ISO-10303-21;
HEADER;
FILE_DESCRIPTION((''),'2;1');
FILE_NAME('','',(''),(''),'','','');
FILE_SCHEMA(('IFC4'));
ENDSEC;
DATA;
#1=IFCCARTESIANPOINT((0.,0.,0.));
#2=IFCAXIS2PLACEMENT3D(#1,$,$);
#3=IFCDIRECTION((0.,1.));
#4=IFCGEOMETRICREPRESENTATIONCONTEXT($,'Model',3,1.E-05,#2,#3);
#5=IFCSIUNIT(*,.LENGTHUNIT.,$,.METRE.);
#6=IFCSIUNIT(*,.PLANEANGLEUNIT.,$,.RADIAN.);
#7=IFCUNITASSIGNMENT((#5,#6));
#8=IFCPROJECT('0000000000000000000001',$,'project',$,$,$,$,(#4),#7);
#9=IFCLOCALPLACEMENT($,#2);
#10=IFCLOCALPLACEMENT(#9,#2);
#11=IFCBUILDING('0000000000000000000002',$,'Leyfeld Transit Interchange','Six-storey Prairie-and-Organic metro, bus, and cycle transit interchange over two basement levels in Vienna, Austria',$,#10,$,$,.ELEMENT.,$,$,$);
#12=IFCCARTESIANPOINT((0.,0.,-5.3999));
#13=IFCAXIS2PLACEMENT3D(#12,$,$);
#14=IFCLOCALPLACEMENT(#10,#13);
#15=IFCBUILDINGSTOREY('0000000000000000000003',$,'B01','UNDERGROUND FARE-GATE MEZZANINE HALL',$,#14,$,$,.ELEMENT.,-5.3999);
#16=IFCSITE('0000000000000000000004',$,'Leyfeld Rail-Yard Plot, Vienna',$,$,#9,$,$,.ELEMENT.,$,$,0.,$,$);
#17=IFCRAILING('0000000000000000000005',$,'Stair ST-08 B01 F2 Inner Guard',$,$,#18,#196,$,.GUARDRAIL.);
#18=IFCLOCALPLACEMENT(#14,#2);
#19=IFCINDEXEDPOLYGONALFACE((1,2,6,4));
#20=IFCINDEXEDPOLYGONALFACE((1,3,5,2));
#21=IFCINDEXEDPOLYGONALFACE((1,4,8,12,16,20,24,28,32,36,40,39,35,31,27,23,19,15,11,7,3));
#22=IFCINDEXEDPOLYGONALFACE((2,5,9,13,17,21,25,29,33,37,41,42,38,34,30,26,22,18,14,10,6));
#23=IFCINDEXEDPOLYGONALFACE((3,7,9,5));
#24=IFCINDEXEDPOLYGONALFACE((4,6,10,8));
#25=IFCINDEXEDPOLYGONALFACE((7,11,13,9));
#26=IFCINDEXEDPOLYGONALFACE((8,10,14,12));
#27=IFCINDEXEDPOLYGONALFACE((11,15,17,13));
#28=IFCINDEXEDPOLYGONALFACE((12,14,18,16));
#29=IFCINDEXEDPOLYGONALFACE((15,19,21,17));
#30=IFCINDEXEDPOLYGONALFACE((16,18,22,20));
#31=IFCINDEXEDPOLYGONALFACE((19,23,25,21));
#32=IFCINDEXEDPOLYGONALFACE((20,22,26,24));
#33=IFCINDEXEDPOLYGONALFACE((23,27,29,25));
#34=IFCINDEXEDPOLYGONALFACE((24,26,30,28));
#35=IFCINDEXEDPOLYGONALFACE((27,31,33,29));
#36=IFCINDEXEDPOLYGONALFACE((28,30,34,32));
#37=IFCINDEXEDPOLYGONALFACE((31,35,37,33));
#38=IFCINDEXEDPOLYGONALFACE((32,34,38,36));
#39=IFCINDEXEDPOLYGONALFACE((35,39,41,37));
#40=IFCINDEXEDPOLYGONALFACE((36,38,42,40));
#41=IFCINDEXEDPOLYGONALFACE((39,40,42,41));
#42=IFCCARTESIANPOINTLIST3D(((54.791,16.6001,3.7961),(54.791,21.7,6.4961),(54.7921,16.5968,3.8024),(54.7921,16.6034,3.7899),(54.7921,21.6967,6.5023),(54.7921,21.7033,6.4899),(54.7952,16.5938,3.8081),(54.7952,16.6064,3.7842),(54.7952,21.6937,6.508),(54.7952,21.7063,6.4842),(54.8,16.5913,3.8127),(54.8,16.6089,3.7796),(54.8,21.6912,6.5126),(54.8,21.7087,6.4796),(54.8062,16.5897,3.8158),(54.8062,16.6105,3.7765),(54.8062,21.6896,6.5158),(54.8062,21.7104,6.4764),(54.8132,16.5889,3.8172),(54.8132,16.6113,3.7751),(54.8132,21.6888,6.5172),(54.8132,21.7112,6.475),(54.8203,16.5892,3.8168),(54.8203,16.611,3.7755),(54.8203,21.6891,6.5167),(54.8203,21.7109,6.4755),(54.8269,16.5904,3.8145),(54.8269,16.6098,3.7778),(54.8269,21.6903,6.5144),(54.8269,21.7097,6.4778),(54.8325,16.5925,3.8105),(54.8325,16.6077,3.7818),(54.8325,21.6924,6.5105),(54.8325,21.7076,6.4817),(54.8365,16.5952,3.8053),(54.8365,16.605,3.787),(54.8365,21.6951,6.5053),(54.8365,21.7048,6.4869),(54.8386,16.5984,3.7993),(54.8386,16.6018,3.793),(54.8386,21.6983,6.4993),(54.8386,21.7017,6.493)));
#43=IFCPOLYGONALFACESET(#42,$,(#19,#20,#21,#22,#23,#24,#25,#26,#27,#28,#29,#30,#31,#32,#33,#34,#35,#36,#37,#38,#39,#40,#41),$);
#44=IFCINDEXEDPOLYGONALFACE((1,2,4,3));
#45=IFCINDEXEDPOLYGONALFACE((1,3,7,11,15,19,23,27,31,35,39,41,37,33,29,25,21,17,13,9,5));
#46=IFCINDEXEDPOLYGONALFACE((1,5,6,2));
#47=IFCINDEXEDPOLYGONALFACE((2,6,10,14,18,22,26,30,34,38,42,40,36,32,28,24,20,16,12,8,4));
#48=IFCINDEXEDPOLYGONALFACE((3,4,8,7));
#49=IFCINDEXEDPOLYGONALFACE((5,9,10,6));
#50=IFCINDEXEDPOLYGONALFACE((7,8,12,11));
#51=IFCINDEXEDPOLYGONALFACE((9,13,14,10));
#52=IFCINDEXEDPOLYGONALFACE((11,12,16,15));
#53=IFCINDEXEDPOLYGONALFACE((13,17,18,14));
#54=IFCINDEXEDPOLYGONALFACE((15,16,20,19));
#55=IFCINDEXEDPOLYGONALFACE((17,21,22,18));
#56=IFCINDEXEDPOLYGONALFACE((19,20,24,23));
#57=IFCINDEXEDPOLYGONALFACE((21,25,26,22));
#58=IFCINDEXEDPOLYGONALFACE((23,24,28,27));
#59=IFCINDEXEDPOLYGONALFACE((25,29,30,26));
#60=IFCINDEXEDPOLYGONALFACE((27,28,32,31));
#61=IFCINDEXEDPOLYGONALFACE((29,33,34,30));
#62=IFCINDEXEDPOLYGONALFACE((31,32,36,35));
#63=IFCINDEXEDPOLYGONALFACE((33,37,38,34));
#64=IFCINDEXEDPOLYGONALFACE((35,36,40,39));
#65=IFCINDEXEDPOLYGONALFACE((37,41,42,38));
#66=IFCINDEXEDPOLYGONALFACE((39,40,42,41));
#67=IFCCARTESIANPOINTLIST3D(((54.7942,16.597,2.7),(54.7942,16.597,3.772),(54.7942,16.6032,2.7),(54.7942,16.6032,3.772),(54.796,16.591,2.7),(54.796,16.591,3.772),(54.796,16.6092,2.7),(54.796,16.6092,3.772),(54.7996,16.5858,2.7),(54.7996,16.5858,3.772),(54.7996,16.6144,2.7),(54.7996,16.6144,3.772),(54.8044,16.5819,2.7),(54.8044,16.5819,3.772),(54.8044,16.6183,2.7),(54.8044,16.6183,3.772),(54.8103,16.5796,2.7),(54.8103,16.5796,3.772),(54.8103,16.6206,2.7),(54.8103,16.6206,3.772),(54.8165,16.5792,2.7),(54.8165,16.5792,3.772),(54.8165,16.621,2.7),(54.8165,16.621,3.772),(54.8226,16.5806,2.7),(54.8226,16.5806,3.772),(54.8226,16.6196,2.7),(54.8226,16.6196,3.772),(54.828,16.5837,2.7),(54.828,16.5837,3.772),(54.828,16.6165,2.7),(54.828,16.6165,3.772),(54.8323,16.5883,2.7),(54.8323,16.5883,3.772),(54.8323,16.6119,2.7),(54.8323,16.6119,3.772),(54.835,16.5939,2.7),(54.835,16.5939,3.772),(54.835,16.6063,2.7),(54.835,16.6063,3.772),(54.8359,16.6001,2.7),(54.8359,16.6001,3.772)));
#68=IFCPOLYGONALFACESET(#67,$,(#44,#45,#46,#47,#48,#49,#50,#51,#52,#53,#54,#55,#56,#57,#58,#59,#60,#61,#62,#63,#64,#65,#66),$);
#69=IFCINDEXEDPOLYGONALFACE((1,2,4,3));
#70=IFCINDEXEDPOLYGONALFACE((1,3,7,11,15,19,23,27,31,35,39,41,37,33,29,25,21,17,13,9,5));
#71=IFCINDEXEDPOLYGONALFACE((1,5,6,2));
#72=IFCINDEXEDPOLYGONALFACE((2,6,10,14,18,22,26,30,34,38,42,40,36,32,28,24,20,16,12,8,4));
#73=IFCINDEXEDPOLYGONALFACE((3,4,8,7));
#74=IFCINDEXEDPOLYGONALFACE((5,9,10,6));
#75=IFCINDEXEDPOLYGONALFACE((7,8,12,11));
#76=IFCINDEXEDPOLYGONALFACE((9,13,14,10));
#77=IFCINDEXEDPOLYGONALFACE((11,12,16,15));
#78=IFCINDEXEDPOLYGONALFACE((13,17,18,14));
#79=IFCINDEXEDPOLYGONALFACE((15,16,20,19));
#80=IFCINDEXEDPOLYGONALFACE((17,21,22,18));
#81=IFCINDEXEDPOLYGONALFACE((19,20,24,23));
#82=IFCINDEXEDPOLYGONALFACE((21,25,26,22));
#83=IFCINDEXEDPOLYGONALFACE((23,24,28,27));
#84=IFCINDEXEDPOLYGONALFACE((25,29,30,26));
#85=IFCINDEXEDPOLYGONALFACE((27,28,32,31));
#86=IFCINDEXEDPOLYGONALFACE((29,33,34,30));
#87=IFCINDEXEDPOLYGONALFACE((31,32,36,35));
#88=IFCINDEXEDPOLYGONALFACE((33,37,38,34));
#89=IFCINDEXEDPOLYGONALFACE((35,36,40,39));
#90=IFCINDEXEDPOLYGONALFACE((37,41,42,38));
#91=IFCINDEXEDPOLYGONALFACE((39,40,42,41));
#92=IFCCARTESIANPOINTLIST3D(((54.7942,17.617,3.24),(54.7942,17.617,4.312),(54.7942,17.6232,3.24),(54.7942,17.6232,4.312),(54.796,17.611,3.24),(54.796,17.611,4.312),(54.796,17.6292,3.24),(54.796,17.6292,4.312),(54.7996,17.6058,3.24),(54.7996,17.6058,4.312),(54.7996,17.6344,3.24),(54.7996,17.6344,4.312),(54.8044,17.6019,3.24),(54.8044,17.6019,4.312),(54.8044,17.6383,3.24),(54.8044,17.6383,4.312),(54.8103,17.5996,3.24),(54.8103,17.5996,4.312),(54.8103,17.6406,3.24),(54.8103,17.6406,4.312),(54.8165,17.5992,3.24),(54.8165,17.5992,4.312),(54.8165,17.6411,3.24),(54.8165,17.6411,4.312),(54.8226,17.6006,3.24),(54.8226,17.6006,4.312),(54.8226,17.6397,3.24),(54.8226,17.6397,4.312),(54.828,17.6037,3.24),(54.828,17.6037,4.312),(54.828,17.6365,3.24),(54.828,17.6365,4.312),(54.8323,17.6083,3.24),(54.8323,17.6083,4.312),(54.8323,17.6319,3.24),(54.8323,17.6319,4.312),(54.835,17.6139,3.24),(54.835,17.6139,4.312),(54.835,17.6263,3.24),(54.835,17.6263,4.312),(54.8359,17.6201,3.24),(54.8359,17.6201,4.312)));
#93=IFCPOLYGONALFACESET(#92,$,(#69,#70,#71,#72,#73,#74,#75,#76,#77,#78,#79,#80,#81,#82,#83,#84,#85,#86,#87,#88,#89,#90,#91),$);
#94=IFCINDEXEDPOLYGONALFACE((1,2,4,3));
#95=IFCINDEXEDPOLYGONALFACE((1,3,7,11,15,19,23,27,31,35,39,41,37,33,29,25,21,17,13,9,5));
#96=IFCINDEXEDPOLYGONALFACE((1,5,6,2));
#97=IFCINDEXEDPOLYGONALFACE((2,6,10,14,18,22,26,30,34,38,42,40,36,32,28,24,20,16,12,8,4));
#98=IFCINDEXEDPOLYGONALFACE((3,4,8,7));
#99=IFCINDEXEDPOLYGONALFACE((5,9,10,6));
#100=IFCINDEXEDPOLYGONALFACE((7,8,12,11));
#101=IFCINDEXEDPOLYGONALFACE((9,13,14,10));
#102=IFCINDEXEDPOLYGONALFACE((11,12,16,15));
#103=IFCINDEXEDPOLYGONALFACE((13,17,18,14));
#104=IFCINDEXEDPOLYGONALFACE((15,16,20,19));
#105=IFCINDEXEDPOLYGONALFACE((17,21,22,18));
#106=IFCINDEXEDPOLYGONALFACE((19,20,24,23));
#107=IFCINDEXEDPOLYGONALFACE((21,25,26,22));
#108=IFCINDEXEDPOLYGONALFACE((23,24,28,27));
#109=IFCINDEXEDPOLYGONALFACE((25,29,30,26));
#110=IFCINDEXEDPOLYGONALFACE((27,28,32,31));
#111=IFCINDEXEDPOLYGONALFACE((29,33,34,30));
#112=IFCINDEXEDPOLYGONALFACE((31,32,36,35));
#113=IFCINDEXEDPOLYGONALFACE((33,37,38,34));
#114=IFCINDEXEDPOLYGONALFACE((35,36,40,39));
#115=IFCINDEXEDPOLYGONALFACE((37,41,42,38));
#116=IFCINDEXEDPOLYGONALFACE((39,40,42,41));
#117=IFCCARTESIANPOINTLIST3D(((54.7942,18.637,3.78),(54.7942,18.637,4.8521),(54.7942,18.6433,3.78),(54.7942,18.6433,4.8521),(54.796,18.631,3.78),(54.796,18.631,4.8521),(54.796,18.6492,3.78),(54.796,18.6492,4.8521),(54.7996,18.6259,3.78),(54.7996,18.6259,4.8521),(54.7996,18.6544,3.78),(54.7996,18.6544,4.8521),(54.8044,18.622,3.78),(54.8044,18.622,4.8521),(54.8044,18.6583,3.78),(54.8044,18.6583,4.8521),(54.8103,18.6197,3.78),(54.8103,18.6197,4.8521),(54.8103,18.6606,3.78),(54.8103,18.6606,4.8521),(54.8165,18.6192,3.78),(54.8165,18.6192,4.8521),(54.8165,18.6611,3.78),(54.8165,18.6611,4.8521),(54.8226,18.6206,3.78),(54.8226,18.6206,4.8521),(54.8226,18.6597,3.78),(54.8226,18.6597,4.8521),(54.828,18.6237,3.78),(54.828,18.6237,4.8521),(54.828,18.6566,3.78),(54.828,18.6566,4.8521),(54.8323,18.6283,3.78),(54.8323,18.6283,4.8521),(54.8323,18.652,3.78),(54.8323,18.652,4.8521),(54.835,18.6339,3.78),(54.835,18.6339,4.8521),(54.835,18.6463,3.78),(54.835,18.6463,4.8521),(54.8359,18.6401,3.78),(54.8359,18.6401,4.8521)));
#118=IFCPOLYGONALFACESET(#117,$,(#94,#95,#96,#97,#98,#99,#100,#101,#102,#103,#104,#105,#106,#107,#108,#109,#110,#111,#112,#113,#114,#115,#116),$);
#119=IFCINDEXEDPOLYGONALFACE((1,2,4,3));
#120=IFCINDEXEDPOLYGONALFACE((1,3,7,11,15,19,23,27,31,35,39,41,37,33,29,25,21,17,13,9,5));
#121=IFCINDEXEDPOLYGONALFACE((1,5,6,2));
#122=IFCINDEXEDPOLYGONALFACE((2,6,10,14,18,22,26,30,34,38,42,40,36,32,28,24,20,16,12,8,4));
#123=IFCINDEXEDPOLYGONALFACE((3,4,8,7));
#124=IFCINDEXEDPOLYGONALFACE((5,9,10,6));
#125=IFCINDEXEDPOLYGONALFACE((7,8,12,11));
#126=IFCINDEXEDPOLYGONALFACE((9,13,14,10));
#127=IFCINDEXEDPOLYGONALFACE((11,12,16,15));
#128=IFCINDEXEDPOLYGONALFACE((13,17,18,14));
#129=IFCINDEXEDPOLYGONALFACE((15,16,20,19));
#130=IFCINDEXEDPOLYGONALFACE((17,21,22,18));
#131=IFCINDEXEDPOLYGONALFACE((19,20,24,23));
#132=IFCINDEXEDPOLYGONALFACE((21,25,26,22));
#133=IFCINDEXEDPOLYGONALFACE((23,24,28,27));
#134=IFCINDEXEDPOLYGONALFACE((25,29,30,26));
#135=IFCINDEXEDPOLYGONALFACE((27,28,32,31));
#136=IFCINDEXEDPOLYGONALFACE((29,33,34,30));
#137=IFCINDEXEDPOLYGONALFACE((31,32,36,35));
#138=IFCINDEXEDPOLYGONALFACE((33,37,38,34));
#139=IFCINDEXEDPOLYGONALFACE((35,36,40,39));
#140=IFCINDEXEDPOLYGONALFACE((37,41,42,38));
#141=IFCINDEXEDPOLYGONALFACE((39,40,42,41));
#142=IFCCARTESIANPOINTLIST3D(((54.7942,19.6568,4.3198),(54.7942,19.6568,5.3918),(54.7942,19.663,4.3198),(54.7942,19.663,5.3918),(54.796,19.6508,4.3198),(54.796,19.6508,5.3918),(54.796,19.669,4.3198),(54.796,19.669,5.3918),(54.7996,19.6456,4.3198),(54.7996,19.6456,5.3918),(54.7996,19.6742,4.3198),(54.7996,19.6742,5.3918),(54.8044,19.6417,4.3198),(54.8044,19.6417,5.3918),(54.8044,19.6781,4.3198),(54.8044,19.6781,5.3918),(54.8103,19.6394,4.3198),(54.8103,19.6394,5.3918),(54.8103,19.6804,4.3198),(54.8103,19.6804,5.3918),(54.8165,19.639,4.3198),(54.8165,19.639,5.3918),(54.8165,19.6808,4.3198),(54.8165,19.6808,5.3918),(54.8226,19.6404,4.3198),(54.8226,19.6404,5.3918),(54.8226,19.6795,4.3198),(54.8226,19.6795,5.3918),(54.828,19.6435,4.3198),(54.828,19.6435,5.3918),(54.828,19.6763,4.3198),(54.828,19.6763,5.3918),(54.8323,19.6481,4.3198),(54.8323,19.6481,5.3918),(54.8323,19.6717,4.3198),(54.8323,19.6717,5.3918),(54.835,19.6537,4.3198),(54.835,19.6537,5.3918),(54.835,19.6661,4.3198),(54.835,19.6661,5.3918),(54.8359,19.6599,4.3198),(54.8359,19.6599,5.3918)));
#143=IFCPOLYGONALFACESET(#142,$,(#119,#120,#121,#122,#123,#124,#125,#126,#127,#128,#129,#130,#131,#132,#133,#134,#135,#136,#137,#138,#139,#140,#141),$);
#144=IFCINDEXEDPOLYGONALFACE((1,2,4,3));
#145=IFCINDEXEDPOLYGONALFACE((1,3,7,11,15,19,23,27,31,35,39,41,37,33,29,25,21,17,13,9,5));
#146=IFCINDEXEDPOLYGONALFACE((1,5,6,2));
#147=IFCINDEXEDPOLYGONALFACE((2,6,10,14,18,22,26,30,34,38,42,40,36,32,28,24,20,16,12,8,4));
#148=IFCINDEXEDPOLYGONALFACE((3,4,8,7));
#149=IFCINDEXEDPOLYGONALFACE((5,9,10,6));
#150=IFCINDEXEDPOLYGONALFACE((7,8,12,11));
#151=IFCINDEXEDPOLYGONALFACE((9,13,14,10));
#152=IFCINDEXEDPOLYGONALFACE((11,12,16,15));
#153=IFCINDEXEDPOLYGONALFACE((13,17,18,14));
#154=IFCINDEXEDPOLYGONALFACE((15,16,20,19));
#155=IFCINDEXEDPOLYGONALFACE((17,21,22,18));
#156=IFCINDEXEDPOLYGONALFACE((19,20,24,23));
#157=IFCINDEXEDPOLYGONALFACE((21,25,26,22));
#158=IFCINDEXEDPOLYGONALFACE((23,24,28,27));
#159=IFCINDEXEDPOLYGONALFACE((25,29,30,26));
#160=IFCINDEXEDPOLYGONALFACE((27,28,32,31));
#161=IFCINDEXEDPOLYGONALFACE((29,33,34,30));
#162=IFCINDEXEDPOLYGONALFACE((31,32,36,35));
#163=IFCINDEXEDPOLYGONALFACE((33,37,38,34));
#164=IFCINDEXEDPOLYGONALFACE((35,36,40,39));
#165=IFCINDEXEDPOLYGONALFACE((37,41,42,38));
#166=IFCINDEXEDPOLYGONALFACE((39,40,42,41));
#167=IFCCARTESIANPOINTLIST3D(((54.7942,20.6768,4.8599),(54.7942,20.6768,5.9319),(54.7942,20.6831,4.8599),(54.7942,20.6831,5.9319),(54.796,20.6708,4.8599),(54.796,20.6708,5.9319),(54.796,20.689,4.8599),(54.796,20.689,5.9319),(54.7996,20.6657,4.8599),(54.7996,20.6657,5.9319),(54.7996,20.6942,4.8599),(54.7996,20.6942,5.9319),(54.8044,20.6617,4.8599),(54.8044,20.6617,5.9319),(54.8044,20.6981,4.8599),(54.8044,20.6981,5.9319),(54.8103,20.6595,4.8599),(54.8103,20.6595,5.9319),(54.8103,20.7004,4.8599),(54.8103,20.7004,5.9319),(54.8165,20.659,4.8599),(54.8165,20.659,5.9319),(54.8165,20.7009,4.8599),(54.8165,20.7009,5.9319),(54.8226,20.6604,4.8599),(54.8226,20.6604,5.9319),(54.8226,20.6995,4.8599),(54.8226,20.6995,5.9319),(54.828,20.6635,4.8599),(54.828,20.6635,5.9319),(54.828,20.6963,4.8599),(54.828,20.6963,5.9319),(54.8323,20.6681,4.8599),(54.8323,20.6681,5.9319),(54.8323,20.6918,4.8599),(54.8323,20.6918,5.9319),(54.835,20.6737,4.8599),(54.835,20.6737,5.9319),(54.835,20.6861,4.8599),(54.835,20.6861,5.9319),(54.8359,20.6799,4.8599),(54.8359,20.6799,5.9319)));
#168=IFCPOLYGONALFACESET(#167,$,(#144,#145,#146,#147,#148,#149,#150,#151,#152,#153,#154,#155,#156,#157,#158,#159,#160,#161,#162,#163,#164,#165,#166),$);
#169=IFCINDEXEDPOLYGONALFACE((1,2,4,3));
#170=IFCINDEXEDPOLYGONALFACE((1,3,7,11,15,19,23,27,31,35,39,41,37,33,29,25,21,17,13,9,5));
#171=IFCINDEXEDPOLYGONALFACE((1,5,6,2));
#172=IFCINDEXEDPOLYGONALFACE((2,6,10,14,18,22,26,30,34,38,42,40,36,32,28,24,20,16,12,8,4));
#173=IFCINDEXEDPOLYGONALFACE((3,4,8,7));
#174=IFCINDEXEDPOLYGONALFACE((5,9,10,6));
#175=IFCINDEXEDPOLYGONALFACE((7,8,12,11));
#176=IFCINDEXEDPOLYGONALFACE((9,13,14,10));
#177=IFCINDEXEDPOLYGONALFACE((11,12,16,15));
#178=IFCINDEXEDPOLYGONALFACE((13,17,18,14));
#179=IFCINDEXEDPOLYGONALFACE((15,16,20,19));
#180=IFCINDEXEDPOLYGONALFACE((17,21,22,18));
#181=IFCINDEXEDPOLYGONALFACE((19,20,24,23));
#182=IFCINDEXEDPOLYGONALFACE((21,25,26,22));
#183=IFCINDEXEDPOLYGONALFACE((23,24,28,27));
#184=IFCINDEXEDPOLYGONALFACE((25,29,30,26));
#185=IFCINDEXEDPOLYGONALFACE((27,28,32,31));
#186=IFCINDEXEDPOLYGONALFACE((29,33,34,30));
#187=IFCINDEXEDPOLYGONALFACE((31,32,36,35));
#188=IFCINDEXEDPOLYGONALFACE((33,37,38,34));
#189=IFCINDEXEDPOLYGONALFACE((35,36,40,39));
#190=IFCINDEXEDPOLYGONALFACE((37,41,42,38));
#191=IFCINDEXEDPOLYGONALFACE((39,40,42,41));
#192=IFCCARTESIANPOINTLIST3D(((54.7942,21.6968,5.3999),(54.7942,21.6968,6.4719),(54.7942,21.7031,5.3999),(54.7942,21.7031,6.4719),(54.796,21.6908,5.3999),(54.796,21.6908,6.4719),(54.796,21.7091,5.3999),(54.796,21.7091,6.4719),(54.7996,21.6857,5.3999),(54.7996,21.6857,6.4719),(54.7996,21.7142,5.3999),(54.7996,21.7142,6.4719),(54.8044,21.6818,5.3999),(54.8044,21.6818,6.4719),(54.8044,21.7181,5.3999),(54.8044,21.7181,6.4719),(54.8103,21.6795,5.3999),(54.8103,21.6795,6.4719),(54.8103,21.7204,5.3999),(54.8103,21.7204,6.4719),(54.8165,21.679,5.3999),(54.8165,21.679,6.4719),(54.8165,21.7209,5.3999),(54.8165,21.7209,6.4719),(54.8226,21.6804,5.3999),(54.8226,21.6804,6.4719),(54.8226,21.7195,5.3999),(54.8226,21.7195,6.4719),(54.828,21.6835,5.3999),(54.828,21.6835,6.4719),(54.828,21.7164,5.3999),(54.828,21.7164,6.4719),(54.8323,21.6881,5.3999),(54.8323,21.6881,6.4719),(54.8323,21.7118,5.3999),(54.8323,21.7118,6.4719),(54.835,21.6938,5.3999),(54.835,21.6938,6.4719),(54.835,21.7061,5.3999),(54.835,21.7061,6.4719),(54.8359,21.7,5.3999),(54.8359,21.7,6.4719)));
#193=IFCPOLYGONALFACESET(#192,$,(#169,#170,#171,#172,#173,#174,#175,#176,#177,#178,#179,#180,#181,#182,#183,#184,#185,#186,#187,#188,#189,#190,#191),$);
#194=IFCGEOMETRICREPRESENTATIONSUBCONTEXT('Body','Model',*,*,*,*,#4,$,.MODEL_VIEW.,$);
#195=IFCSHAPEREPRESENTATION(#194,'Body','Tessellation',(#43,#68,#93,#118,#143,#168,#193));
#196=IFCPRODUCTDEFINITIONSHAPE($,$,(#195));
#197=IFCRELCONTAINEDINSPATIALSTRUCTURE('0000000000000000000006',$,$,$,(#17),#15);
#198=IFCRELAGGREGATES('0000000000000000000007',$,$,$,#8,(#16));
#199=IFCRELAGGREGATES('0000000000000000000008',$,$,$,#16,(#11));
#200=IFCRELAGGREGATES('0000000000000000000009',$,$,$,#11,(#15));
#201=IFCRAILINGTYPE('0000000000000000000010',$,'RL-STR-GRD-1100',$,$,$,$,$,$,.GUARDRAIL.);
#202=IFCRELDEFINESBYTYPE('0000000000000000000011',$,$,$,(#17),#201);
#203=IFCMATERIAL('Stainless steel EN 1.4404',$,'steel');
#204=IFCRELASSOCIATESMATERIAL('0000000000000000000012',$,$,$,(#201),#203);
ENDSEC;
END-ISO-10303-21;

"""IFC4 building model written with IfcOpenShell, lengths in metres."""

from ifc_helpers import new_model, si_unit, direction, frame, origin, origin_2d, place, context, subcontext, project, spatial, circle, extrude, material, type_object, element, save


model = new_model("IFC4")

# Units and contexts
model_context = context("Model", 3, precision=1e-05, world=origin(), true_north=direction((0.0, 1.0)))
body_context = subcontext(model_context, "Body", "Model", "MODEL_VIEW")
ifc_project = project(units=[si_unit("LENGTHUNIT", "METRE"), si_unit("PLANEANGLEUNIT", "RADIAN")], contexts=[model_context])

# Site, building, storey
site_placement = place(None, origin())
site = spatial("IfcSite", under=ifc_project, at=site_placement, Name="Leyfeld Rail-Yard Plot, Vienna", CompositionType="ELEMENT", RefElevation=0.0)
building_placement = place(site_placement, origin())
building = spatial("IfcBuilding", under=site, at=building_placement, Name="Leyfeld Transit Interchange", Description="Six-storey Prairie-and-Organic metro, bus, and cycle transit interchange over two basement levels in Vienna, Austria", CompositionType="ELEMENT")
storey_placement = place(building_placement, frame((0.0, 0.0, -5.3999)))
storey = spatial("IfcBuildingStorey", under=building, at=storey_placement, Name="B01", Description="UNDERGROUND FARE-GATE MEZZANINE HALL", CompositionType="ELEMENT", Elevation=-5.3999)

# Railing
ifc_material_1 = material(Name="Stainless steel EN 1.4404", Category="steel")
railing_type_1 = type_object("IfcRailingType", Name="RL-STR-GRD-1100", PredefinedType="GUARDRAIL", material=ifc_material_1)
for number, where, name in (
    (1, (54.8149, 16.6001, 2.7), "Stair ST-08 B01 F2 Inner Guard"),
):
    element("IfcRailing", number, at=place(storey_placement, frame(where)), inside=storey, type_object=railing_type_1, Name=name, PredefinedType="GUARDRAIL", context=body_context, shape_type="SweptSolid", body=[
        extrude(circle(Radius=0.0239, at=origin_2d()), frame((0.0, 0.0, 1.0962), z_axis=(0.0, 0.883786, 0.467892), x_axis=(-1.0, 0.0, 0.0)), (0.0, 0.0, 1.0), 5.7705),
        extrude(circle(Radius=0.021, at=origin_2d()), origin(), (0.0, 0.0, 1.0), 1.072),
        extrude(circle(Radius=0.021, at=origin_2d()), frame((0.0, 1.02, 0.54)), (0.0, 0.0, 1.0), 1.072),
        extrude(circle(Radius=0.021, at=origin_2d()), frame((0.0, 2.04, 1.0801)), (0.0, 0.0, 1.0), 1.072),
        extrude(circle(Radius=0.021, at=origin_2d()), frame((0.0, 3.0598, 1.6199)), (0.0, 0.0, 1.0), 1.072),
        extrude(circle(Radius=0.021, at=origin_2d()), frame((0.0, 4.0798, 2.1599)), (0.0, 0.0, 1.0), 1.072),
        extrude(circle(Radius=0.021, at=origin_2d()), frame((0.0, 5.0999, 2.7)), (0.0, 0.0, 1.0), 1.072),
    ])

save(model, "model.ifc")
